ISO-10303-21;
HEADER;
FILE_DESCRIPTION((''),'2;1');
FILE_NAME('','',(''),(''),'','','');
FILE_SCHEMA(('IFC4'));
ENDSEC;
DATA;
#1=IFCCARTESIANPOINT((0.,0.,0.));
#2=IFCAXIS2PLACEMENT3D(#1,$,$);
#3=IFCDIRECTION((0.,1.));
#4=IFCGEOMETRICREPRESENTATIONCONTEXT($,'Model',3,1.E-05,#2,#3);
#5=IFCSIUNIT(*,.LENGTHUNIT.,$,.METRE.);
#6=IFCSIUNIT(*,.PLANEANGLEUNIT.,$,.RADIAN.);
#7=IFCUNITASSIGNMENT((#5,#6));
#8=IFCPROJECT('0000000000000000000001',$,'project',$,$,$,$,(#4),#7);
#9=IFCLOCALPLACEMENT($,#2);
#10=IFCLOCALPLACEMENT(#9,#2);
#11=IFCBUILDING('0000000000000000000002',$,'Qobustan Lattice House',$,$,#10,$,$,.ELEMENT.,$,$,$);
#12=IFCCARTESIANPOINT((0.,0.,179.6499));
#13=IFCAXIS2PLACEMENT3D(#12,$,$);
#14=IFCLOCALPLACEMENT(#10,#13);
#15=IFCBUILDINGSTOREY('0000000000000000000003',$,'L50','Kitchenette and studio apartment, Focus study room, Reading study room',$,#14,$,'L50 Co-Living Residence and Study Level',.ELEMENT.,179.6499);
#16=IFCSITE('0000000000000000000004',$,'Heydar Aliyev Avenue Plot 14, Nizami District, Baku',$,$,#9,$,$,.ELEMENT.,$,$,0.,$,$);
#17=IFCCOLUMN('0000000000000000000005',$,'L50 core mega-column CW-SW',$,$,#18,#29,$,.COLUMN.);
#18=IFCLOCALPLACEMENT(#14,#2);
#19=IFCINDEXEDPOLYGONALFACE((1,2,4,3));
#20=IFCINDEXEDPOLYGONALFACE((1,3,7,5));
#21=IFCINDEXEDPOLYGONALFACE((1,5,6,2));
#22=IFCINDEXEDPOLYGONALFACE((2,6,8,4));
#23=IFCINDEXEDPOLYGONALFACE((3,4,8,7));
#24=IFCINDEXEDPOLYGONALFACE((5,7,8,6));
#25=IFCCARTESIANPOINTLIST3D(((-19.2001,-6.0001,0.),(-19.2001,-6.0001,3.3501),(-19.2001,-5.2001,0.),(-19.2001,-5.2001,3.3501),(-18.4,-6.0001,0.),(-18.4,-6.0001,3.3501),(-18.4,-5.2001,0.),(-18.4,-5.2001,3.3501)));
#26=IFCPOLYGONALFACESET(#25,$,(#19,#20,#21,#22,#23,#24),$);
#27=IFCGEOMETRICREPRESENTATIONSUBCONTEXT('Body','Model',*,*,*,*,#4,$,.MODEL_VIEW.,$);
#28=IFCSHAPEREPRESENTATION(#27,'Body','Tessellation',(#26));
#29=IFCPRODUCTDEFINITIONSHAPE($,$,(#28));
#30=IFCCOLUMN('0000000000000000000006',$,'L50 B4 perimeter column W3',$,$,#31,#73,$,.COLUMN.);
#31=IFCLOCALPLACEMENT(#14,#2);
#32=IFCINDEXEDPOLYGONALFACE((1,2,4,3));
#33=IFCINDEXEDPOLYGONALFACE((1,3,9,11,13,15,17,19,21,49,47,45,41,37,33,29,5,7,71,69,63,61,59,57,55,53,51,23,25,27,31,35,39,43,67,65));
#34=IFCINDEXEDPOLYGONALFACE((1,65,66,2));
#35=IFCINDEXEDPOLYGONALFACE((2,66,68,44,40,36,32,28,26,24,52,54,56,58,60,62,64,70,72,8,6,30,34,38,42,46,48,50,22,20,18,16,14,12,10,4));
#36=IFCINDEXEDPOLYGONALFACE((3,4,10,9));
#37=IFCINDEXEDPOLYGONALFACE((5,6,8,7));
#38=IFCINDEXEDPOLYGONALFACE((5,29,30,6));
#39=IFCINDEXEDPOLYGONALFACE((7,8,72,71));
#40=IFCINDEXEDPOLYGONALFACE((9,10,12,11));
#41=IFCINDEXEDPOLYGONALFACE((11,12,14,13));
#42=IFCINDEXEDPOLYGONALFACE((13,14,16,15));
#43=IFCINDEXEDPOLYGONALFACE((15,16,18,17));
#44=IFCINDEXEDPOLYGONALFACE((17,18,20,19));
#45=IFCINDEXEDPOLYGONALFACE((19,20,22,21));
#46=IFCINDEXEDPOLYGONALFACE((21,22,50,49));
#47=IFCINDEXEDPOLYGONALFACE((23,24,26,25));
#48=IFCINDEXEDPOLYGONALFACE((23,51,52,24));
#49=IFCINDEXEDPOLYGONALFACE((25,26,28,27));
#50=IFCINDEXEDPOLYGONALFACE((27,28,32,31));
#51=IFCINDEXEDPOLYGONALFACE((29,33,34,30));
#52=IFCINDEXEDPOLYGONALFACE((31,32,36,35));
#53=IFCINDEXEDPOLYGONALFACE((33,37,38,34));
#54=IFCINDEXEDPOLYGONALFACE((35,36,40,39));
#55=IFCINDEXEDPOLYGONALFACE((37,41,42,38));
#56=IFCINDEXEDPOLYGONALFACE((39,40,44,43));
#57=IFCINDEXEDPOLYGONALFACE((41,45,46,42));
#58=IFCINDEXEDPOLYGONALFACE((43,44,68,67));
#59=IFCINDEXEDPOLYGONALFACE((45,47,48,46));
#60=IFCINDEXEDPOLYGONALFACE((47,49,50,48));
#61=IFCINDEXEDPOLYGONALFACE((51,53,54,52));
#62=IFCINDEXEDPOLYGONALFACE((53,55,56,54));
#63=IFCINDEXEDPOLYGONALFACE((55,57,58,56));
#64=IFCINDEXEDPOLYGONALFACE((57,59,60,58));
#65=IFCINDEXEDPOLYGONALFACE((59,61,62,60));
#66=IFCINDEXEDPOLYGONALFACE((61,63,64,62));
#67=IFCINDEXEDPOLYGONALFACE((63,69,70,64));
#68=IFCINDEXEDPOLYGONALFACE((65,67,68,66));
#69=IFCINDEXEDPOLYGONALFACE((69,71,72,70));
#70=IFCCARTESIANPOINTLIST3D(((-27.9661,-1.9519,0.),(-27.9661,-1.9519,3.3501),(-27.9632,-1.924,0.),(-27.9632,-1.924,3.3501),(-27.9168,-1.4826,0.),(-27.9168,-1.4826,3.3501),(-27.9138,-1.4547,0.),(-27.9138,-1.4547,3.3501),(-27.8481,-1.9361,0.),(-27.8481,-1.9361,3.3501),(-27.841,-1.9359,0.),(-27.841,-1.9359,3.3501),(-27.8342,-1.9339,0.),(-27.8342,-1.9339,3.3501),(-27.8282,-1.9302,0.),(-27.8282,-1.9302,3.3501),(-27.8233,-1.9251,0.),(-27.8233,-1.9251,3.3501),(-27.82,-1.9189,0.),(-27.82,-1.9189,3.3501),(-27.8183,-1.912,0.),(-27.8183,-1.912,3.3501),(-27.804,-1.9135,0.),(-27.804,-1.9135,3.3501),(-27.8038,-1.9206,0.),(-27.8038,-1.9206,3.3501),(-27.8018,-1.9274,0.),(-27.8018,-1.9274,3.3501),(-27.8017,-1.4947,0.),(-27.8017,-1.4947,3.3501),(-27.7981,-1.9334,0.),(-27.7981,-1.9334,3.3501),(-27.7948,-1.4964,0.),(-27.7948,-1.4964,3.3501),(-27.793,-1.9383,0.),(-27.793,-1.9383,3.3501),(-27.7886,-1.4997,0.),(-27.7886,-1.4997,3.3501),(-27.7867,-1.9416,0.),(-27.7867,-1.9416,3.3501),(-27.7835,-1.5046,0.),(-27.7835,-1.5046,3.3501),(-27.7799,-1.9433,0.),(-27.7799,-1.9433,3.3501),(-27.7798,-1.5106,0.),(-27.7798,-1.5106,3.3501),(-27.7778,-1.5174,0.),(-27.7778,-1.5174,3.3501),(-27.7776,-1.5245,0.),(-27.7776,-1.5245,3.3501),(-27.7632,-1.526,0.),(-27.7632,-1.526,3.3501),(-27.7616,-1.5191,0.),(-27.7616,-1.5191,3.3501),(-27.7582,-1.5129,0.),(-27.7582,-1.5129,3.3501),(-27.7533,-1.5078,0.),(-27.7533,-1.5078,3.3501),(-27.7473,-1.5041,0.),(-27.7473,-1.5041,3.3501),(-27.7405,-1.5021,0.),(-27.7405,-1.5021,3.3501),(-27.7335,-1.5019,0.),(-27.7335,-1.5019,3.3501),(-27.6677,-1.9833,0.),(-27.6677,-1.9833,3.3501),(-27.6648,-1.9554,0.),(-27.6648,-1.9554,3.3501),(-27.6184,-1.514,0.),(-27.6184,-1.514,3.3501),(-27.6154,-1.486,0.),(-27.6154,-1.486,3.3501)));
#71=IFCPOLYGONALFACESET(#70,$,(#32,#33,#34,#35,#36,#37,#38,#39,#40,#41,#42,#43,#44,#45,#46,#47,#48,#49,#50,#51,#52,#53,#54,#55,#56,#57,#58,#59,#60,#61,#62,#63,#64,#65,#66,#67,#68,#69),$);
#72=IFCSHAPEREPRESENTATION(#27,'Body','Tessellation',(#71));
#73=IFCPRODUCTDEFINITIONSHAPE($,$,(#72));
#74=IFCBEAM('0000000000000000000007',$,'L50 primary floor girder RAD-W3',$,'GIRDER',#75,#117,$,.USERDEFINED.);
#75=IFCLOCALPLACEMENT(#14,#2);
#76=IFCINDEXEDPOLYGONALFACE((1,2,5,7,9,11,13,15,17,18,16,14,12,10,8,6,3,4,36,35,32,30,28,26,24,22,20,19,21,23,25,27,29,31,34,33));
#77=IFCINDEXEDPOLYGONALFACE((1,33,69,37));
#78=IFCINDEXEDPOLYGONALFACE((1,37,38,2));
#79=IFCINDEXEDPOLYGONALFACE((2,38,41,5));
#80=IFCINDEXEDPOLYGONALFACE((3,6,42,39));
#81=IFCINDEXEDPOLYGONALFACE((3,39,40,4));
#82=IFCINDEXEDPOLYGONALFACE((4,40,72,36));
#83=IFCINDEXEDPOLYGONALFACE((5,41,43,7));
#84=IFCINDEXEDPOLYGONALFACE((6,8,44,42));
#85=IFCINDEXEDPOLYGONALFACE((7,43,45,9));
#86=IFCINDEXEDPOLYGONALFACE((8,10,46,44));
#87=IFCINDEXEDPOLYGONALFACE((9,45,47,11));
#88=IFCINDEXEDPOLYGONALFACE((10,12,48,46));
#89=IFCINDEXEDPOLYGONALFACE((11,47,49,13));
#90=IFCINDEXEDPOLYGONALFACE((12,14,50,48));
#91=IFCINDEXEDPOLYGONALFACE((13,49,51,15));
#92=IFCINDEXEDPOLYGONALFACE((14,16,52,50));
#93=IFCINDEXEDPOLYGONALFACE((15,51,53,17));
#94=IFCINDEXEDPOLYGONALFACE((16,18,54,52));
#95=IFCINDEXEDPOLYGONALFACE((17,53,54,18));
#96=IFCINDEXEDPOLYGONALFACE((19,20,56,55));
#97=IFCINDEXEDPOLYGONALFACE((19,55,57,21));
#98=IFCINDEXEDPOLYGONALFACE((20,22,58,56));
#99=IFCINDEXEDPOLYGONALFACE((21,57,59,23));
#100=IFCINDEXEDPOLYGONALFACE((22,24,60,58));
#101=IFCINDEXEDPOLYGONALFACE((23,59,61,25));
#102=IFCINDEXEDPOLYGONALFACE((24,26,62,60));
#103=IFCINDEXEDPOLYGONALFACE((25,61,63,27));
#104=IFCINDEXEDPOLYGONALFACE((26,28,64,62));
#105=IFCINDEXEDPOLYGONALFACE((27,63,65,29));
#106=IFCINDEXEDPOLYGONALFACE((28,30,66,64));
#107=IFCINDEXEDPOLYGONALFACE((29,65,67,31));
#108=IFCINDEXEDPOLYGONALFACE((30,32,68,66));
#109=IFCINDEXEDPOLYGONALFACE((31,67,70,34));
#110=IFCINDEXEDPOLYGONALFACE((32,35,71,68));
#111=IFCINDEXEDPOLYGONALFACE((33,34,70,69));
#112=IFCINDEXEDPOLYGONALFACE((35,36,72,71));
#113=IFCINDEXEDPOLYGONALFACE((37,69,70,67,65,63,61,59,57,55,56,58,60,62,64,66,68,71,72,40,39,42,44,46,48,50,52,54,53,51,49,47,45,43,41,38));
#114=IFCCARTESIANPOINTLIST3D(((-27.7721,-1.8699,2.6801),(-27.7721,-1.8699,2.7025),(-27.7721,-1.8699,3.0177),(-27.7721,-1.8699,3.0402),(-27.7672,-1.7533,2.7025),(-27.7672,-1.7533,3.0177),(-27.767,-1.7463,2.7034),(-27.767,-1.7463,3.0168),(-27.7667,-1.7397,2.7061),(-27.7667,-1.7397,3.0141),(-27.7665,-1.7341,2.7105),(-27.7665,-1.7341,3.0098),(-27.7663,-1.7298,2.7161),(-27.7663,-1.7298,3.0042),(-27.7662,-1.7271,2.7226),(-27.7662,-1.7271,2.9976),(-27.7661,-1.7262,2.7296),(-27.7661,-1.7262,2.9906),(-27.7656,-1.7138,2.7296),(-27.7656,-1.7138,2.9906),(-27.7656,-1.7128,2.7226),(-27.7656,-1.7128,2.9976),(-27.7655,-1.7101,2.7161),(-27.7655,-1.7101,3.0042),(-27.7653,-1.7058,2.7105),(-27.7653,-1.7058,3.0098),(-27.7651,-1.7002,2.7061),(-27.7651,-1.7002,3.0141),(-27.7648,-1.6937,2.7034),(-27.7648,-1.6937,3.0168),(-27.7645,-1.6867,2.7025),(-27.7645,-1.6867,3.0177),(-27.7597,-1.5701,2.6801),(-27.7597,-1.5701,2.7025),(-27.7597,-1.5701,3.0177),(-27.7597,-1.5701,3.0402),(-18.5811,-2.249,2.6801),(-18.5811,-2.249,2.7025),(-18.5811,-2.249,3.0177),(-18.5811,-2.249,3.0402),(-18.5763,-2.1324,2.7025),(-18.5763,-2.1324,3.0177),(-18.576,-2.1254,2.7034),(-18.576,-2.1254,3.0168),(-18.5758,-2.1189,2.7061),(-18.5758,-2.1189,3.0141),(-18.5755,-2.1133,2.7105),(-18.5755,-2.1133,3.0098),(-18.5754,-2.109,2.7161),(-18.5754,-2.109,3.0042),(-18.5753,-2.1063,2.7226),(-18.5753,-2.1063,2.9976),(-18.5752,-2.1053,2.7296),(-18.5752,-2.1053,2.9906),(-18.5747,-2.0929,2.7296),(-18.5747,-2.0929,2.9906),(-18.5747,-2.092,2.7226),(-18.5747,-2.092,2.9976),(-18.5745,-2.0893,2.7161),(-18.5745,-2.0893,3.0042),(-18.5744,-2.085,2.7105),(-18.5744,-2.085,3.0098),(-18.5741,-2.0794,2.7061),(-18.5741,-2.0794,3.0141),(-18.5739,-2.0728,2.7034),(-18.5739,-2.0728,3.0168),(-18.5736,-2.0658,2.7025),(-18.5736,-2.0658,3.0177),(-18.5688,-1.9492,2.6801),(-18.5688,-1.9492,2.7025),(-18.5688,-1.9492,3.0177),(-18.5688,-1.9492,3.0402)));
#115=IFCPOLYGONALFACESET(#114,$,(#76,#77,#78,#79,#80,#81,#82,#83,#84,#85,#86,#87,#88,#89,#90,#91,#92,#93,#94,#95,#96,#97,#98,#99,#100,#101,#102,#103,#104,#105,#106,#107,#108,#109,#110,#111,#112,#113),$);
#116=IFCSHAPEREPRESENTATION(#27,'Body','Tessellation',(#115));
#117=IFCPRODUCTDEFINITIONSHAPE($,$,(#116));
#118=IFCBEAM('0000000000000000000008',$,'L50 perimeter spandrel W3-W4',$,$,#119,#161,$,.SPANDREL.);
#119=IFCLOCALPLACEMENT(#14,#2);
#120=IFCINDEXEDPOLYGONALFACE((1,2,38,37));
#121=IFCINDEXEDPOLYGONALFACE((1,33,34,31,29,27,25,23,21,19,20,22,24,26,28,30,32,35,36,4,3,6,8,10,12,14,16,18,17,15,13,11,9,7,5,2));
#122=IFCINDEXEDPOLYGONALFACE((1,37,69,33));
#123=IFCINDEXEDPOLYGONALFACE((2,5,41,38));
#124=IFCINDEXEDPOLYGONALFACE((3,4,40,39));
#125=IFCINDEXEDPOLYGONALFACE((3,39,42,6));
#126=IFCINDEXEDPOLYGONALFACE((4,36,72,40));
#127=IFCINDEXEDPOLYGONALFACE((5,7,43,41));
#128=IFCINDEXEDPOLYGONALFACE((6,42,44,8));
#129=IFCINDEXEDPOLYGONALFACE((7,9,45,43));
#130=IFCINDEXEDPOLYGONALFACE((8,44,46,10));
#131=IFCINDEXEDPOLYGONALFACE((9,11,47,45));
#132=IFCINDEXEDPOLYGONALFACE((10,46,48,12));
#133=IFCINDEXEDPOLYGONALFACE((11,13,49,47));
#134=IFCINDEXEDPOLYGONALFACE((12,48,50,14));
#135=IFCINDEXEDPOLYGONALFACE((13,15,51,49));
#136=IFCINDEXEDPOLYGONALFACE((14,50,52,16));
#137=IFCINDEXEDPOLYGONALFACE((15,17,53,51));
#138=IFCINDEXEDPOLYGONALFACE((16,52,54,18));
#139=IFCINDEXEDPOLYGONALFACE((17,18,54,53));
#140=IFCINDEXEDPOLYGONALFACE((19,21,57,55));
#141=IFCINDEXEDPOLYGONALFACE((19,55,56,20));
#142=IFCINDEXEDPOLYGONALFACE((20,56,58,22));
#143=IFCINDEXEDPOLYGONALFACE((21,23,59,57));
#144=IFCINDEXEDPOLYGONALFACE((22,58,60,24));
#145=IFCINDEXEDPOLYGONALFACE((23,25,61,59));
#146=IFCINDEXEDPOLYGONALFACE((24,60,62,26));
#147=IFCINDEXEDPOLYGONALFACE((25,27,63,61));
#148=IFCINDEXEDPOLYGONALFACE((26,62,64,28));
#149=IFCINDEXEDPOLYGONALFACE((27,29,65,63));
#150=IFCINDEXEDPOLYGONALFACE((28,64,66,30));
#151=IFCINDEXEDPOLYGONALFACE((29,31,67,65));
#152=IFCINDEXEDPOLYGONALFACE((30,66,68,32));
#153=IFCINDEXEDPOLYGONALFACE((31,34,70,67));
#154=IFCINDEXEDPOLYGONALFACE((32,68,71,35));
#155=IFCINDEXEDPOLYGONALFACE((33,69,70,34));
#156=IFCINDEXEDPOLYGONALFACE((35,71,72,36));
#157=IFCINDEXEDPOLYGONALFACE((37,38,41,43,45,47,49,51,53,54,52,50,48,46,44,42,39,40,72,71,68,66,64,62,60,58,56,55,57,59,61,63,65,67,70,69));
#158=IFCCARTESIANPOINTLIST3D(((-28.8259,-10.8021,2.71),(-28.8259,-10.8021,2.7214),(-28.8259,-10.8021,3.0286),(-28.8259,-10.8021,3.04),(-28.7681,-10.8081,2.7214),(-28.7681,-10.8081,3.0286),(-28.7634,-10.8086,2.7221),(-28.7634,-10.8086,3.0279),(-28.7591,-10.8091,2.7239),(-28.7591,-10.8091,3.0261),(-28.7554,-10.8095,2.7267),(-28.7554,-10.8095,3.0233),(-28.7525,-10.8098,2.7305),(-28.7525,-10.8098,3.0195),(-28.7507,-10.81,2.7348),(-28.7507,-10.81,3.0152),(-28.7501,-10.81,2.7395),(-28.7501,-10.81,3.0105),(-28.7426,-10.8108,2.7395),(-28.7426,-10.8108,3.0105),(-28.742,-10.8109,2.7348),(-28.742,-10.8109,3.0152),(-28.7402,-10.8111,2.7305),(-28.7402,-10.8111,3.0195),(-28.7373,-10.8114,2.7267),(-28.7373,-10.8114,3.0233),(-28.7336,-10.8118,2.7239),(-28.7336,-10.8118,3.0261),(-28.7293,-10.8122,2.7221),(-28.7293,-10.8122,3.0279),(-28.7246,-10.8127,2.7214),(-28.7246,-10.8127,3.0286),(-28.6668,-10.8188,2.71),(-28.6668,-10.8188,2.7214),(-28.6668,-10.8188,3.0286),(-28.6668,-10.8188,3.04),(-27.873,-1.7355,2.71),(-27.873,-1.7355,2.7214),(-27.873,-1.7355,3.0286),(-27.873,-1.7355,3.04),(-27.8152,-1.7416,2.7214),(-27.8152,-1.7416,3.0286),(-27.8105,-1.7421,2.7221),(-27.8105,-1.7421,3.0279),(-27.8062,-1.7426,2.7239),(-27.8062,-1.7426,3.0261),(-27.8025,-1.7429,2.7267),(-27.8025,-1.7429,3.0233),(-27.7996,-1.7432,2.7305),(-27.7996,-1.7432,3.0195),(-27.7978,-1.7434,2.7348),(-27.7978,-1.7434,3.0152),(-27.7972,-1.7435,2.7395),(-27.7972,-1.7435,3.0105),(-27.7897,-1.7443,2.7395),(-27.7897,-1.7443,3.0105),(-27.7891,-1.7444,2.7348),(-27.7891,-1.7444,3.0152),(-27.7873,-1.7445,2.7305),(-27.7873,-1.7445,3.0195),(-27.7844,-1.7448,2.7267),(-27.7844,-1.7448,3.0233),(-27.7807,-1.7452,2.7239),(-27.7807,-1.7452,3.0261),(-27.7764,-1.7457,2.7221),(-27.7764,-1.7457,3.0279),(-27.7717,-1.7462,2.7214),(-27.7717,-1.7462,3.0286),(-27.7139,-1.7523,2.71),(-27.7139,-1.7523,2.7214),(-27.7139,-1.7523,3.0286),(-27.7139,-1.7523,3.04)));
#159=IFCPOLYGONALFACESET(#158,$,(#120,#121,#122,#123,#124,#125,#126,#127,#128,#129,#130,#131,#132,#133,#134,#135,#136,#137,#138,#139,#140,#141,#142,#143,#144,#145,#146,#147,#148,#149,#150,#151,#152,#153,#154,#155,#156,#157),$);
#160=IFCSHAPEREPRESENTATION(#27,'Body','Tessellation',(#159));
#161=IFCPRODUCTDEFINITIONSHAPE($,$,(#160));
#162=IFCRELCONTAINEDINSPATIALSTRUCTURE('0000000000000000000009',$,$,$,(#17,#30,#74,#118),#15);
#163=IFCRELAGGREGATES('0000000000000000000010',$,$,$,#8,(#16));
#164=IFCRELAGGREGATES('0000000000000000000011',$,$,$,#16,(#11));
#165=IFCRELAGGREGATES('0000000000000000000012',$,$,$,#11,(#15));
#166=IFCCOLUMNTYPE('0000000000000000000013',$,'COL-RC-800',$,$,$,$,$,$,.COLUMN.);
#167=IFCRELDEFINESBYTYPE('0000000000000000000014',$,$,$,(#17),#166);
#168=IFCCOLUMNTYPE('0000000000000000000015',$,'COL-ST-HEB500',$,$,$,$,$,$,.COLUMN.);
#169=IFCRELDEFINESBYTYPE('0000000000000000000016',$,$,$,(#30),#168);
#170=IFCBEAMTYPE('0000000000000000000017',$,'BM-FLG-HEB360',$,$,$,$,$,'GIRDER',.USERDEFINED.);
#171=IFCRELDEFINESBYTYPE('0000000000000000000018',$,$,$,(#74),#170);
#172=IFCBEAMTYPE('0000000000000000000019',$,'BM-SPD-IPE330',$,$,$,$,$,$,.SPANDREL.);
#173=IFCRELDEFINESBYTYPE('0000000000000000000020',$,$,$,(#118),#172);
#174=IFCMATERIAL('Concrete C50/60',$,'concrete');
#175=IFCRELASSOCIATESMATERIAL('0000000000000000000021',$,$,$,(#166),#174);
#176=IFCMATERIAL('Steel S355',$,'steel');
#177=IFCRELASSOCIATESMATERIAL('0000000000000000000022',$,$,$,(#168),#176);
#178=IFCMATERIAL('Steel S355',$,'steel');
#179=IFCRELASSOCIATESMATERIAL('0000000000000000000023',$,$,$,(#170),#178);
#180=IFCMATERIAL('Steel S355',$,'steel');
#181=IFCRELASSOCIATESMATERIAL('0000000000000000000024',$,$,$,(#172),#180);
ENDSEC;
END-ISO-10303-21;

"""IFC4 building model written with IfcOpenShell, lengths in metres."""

from ifc_helpers import new_model, si_unit, direction, frame, origin, origin_2d, place, context, subcontext, project, spatial, rectangle, i_section, extrude, material, material_profile, profile_set, type_object, element, save


model = new_model("IFC4")

# Units and contexts
model_context = context("Model", 3, precision=1e-05, world=origin(), true_north=direction((0.0, 1.0)))
body_context = subcontext(model_context, "Body", "Model", "MODEL_VIEW")
ifc_project = project(units=[si_unit("LENGTHUNIT", "METRE"), si_unit("PLANEANGLEUNIT", "RADIAN")], contexts=[model_context])

# Site, building, storey
site_placement = place(None, origin())
site = spatial("IfcSite", under=ifc_project, at=site_placement, Name="Heydar Aliyev Avenue Plot 14, Nizami District, Baku", CompositionType="ELEMENT", RefElevation=0.0)
building_placement = place(site_placement, origin())
building = spatial("IfcBuilding", under=site, at=building_placement, Name="Qobustan Lattice House", CompositionType="ELEMENT")
storey_placement = place(building_placement, frame((0.0, 0.0, 179.6499)))
storey = spatial("IfcBuildingStorey", under=building, at=storey_placement, Name="L50", Description="Kitchenette and studio apartment, Focus study room, Reading study room", LongName="L50 Co-Living Residence and Study Level", CompositionType="ELEMENT", Elevation=179.6499)

# Columns
ifc_material_1 = material(Name="Concrete C50/60", Category="concrete")
ifc_material_profile_1 = material_profile(ifc_material_1, rectangle(XDim=0.8, YDim=0.8, at=origin_2d()), Name="RC800x800")
ifc_profile_set_1 = profile_set([ifc_material_profile_1], Name="Concrete C50/60")
column_type_1 = type_object("IfcColumnType", Name="COL-RC-800", PredefinedType="COLUMN", material=ifc_profile_set_1)
column_1_placement = place(storey_placement, frame((-18.8, -5.6001, 0.0), z_axis=(0.0, 0.0, 1.0), x_axis=(1.0, 0.0, 0.0)))
element("IfcColumn", 1, at=column_1_placement, inside=storey, type_object=column_type_1, Name="L50 core mega-column CW-SW", PredefinedType="COLUMN", context=body_context, shape_type="SweptSolid", body=[
    extrude(rectangle(XDim=0.8, YDim=0.8, at=origin_2d()), origin(), (0.0, 0.0, 1.0), 3.3501),
])
ifc_material_2 = material(Name="Steel S355", Category="steel")
ifc_material_profile_2 = material_profile(ifc_material_2, i_section(OverallWidth=0.3, OverallDepth=0.5, WebThickness=0.0144, FlangeThickness=0.0281, FilletRadius=0.0271, at=origin_2d()), Name="HEB500")
ifc_profile_set_2 = profile_set([ifc_material_profile_2], Name="Steel S355")
column_type_2 = type_object("IfcColumnType", Name="COL-ST-HEB500", PredefinedType="COLUMN", material=ifc_profile_set_2)
column_2_placement = place(storey_placement, frame((-27.7908, -1.719, 0.0), z_axis=(0.0, 0.0, 1.0), x_axis=(0.994522, -0.104528, 0.0)))
element("IfcColumn", 2, at=column_2_placement, inside=storey, type_object=column_type_2, Name="L50 B4 perimeter column W3", PredefinedType="COLUMN", context=body_context, shape_type="SweptSolid", body=[
    extrude(i_section(OverallWidth=0.3, OverallDepth=0.5, WebThickness=0.0144, FlangeThickness=0.0281, FilletRadius=0.0271, at=origin_2d()), origin(), (0.0, 0.0, 1.0), 3.3501),
])

# Beams
ifc_material_3 = material(Name="Steel S355", Category="steel")
ifc_material_profile_3 = material_profile(ifc_material_3, i_section(OverallWidth=0.3, OverallDepth=0.3601, WebThickness=0.0125, FlangeThickness=0.0225, FilletRadius=0.0271, at=origin_2d()), Name="HEB360")
ifc_profile_set_3 = profile_set([ifc_material_profile_3], Name="Steel S355")
beam_type_1 = type_object("IfcBeamType", Name="BM-FLG-HEB360", ElementType="GIRDER", PredefinedType="USERDEFINED", material=ifc_profile_set_3)
beam_1_placement = place(storey_placement, frame((-27.7659, -1.72, 2.8601), z_axis=(0.99915, -0.041218, 0.0), x_axis=(0.041218, 0.99915, 0.0)))
element("IfcBeam", 3, at=beam_1_placement, inside=storey, type_object=beam_type_1, Name="L50 primary floor girder RAD-W3", ObjectType="GIRDER", PredefinedType="USERDEFINED", context=body_context, shape_type="SweptSolid", body=[
    extrude(i_section(OverallWidth=0.3, OverallDepth=0.3601, WebThickness=0.0125, FlangeThickness=0.0225, FilletRadius=0.0271, at=origin_2d()), origin(), (0.0, 0.0, 1.0), 9.1987),
])
ifc_material_4 = material(Name="Steel S355", Category="steel")
ifc_material_profile_4 = material_profile(ifc_material_4, i_section(OverallWidth=0.1599, OverallDepth=0.3301, WebThickness=0.0076, FlangeThickness=0.0115, FilletRadius=0.0181, at=origin_2d()), Name="IPE330")
ifc_profile_set_4 = profile_set([ifc_material_profile_4], Name="Steel S355")
beam_type_2 = type_object("IfcBeamType", Name="BM-SPD-IPE330", PredefinedType="SPANDREL", material=ifc_profile_set_4)
beam_2_placement = place(storey_placement, frame((-27.7935, -1.7439, 2.875), z_axis=(-0.104524, -0.994522, 0.0), x_axis=(0.994522, -0.104524, 0.0)))
element("IfcBeam", 4, at=beam_2_placement, inside=storey, type_object=beam_type_2, Name="L50 perimeter spandrel W3-W4", PredefinedType="SPANDREL", context=body_context, shape_type="SweptSolid", body=[
    extrude(i_section(OverallWidth=0.1599, OverallDepth=0.3301, WebThickness=0.0076, FlangeThickness=0.0115, FilletRadius=0.0181, at=origin_2d()), origin(), (0.0, 0.0, 1.0), 9.1165),
])

save(model, "model.ifc")
